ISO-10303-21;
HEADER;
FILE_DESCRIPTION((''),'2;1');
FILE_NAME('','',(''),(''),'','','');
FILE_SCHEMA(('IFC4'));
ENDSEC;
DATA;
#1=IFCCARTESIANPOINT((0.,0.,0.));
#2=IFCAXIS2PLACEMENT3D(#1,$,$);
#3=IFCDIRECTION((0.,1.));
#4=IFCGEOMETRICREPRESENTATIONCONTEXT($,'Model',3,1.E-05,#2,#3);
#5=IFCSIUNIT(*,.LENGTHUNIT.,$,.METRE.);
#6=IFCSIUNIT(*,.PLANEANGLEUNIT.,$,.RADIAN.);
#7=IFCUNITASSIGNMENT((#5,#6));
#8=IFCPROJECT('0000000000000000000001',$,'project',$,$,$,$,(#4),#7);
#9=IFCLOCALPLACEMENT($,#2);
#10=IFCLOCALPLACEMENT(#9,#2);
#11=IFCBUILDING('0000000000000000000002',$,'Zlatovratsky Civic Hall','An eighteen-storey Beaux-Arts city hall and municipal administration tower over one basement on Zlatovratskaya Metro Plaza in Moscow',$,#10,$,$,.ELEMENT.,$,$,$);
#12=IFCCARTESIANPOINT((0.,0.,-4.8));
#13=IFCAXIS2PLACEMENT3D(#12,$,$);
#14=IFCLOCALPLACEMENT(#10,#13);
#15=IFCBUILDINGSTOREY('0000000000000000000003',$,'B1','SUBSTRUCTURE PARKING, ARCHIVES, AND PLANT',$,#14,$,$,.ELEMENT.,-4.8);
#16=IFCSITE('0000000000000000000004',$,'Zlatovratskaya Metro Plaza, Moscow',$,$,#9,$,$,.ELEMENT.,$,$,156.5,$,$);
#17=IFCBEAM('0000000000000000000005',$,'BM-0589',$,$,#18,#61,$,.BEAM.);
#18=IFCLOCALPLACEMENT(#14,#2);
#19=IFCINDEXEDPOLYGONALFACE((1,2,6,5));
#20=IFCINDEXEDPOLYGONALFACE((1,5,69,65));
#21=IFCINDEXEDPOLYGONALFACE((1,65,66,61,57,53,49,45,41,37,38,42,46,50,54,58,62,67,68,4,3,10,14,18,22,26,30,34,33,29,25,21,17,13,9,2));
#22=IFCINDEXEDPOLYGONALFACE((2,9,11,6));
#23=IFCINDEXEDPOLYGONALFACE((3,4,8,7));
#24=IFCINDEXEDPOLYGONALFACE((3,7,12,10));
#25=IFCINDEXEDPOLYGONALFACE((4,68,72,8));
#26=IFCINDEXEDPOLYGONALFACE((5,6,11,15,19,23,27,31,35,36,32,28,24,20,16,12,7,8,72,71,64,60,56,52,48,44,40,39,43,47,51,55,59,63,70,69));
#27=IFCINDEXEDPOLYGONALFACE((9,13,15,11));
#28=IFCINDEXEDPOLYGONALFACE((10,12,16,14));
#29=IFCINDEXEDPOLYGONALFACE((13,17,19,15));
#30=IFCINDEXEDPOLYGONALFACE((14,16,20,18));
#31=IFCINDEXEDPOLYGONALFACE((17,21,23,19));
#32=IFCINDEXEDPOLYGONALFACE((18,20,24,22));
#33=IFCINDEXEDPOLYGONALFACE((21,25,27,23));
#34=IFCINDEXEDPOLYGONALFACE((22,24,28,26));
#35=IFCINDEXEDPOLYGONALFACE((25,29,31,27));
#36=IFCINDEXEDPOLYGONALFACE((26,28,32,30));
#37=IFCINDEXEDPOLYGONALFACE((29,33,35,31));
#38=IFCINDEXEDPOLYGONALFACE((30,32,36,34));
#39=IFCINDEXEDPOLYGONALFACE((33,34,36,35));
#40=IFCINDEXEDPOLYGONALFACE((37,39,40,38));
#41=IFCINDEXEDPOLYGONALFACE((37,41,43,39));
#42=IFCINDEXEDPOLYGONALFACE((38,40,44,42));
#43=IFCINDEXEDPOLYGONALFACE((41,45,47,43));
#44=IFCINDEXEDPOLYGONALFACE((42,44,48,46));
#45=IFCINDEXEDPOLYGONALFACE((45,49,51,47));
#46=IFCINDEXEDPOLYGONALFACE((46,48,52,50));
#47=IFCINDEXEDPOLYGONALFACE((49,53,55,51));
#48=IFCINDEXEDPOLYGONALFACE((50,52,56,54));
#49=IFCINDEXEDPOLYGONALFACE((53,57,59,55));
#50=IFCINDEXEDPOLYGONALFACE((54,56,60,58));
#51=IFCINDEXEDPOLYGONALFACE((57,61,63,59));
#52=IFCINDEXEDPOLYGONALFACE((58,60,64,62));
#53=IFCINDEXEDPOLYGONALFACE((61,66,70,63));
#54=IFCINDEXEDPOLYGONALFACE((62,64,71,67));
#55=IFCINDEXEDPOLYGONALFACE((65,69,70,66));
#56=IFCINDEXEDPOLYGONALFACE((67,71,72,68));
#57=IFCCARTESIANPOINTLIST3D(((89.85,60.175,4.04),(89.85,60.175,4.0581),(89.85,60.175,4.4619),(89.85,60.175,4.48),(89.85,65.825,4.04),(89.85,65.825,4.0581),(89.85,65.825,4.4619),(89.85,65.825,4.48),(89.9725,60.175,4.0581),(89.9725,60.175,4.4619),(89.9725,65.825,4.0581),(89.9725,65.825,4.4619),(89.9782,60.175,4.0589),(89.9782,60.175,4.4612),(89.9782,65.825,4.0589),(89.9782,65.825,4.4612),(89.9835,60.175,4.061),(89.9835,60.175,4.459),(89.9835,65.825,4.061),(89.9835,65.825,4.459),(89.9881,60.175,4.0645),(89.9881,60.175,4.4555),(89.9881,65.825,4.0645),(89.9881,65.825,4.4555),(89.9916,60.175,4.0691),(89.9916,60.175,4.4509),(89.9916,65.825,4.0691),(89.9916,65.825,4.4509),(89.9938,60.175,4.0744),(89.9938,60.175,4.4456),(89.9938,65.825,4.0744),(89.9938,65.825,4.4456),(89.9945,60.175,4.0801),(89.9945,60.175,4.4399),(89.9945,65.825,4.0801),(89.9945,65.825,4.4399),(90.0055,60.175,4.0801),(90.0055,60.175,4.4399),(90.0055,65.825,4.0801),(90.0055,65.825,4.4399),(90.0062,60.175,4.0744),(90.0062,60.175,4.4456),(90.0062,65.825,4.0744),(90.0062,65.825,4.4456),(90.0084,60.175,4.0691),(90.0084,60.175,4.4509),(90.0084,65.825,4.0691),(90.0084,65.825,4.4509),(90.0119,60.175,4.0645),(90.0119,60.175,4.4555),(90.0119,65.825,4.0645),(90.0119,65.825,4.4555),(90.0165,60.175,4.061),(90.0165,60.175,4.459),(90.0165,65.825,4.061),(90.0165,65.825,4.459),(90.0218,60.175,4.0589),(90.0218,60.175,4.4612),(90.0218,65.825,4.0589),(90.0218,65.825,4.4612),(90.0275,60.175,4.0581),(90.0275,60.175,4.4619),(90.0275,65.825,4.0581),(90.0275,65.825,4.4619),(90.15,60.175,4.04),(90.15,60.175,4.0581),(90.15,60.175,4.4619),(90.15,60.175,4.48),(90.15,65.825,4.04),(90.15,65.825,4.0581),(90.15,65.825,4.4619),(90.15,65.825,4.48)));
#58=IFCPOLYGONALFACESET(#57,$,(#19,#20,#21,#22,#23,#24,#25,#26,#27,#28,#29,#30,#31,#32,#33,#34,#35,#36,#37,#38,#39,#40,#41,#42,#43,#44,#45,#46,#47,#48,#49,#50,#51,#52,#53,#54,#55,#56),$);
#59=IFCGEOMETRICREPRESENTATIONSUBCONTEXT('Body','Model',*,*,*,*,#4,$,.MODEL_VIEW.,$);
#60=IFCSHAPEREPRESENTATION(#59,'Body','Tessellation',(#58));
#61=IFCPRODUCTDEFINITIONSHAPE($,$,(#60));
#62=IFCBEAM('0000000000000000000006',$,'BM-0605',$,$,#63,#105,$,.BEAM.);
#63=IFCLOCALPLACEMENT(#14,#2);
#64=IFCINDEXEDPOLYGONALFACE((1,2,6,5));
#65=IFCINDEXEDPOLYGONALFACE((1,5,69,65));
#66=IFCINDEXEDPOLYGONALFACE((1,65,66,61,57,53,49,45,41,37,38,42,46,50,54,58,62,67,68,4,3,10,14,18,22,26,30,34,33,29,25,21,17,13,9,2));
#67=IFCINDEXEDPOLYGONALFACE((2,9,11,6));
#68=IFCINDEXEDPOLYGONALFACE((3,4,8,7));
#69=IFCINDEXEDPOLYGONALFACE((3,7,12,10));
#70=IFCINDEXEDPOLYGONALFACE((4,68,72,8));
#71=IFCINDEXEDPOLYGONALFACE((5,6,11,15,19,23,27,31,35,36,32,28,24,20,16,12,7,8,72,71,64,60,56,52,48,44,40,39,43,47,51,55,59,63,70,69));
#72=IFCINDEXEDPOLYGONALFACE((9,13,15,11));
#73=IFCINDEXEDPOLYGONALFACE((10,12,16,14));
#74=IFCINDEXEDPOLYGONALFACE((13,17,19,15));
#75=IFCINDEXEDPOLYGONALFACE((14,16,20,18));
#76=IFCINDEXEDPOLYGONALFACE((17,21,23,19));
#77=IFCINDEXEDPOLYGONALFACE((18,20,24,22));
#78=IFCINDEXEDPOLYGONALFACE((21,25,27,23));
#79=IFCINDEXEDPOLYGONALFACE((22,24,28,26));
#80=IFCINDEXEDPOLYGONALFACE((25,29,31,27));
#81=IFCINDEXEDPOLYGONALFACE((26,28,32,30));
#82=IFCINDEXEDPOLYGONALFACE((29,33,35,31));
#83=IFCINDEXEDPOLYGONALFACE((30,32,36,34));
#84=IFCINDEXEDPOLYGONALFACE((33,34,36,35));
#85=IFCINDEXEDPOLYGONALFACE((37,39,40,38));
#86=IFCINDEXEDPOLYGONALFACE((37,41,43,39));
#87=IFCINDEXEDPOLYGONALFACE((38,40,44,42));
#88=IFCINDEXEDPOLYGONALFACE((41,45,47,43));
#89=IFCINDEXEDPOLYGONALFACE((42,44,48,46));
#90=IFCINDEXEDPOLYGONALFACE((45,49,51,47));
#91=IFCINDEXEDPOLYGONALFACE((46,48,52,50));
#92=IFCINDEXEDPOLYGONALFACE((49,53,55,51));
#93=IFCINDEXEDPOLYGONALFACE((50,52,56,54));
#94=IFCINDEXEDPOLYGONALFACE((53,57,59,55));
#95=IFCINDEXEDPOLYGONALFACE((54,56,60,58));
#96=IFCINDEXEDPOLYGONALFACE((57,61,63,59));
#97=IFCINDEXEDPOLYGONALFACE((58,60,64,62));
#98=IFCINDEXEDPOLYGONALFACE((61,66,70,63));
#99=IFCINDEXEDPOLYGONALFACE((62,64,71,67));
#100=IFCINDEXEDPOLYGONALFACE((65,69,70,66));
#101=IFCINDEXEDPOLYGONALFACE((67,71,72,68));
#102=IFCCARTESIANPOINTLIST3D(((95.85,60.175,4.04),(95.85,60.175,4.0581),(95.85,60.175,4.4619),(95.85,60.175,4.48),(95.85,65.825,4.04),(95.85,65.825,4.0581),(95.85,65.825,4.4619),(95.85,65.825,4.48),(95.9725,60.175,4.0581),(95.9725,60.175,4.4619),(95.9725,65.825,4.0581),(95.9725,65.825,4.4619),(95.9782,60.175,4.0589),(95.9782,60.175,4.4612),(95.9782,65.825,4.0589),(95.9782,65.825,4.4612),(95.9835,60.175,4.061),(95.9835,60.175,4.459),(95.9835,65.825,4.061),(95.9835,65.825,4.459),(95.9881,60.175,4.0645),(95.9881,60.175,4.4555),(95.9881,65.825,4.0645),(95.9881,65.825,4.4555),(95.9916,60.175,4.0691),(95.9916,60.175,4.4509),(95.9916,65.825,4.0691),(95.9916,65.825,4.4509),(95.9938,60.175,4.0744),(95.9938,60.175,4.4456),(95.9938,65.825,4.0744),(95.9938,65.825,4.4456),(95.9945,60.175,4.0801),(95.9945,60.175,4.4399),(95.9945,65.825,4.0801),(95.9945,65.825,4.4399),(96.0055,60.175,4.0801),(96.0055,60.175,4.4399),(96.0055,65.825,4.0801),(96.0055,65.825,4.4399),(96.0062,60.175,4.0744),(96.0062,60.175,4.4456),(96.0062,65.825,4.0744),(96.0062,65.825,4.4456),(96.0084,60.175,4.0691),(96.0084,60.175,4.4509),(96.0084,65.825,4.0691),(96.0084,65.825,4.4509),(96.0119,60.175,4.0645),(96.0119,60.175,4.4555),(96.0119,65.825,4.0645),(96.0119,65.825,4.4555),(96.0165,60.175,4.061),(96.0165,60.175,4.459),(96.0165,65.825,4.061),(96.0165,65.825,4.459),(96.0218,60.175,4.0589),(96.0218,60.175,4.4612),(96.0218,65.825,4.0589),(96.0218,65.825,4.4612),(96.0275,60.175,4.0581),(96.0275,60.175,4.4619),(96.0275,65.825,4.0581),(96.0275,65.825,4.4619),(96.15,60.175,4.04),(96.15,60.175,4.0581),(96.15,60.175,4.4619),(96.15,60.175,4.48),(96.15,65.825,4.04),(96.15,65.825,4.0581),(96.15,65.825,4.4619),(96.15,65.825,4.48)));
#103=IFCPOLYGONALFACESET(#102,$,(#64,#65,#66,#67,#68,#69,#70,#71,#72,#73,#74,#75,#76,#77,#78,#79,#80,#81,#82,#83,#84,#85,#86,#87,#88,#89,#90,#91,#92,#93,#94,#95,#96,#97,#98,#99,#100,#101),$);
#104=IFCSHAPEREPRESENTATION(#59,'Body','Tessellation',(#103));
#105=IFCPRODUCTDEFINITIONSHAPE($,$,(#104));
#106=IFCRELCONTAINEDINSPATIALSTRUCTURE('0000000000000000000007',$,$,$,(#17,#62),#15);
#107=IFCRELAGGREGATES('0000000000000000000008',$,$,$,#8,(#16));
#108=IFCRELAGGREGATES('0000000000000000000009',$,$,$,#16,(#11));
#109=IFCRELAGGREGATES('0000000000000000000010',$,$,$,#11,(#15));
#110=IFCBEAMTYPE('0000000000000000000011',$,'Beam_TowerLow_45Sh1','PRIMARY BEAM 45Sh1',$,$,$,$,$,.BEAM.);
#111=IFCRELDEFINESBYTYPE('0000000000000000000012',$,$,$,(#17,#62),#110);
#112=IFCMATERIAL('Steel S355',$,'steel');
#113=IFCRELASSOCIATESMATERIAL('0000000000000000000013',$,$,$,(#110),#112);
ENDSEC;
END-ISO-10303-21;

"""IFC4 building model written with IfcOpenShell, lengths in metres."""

from ifc_helpers import new_model, si_unit, direction, frame, origin, origin_2d, place, context, subcontext, project, spatial, i_section, extrude, material, material_profile, profile_set, type_object, element, save


model = new_model("IFC4")

# Units and contexts
model_context = context("Model", 3, precision=1e-05, world=origin(), true_north=direction((0.0, 1.0)))
body_context = subcontext(model_context, "Body", "Model", "MODEL_VIEW")
ifc_project = project(units=[si_unit("LENGTHUNIT", "METRE"), si_unit("PLANEANGLEUNIT", "RADIAN")], contexts=[model_context])

# Site, building, storey
site_placement = place(None, origin())
site = spatial("IfcSite", under=ifc_project, at=site_placement, Name="Zlatovratskaya Metro Plaza, Moscow", CompositionType="ELEMENT", RefElevation=156.5)
building_placement = place(site_placement, origin())
building = spatial("IfcBuilding", under=site, at=building_placement, Name="Zlatovratsky Civic Hall", Description="An eighteen-storey Beaux-Arts city hall and municipal administration tower over one basement on Zlatovratskaya Metro Plaza in Moscow", CompositionType="ELEMENT")
storey_placement = place(building_placement, frame((0.0, 0.0, -4.8)))
storey = spatial("IfcBuildingStorey", under=building, at=storey_placement, Name="B1", Description="SUBSTRUCTURE PARKING, ARCHIVES, AND PLANT", CompositionType="ELEMENT", Elevation=-4.8)

# Shared definitions
ifc_material_1 = material(Name="Steel S355", Category="steel")

# Beams
ifc_material_profile_1 = material_profile(ifc_material_1, i_section(OverallWidth=0.3, OverallDepth=0.4399, WebThickness=0.011, FlangeThickness=0.0181, FilletRadius=0.022, at=origin_2d()), Name="45Sh1")
ifc_profile_set_1 = profile_set([ifc_material_profile_1], Name="Steel S355")
beam_type = type_object("IfcBeamType", Name="Beam_TowerLow_45Sh1", Description="PRIMARY BEAM 45Sh1", PredefinedType="BEAM", material=ifc_profile_set_1)
for number, where, z_axis, x_axis, name in (
    (1, (90.0, 60.175, 4.26), (0.0, 1.0, 0.0), (-1.0, 0.0, 0.0), "BM-0589"),
    (2, (96.0, 60.175, 4.26), (0.0, 1.0, 0.0), (-1.0, 0.0, 0.0), "BM-0605"),
):
    element("IfcBeam", number, at=place(storey_placement, frame(where, z_axis=z_axis, x_axis=x_axis)), inside=storey, type_object=beam_type, Name=name, PredefinedType="BEAM", context=body_context, shape_type="SweptSolid", body=[
        extrude(i_section(OverallWidth=0.3, OverallDepth=0.4399, WebThickness=0.011, FlangeThickness=0.0181, FilletRadius=0.022, at=origin_2d()), origin(), (0.0, 0.0, 1.0), 5.6499),
    ])

save(model, "model.ifc")
